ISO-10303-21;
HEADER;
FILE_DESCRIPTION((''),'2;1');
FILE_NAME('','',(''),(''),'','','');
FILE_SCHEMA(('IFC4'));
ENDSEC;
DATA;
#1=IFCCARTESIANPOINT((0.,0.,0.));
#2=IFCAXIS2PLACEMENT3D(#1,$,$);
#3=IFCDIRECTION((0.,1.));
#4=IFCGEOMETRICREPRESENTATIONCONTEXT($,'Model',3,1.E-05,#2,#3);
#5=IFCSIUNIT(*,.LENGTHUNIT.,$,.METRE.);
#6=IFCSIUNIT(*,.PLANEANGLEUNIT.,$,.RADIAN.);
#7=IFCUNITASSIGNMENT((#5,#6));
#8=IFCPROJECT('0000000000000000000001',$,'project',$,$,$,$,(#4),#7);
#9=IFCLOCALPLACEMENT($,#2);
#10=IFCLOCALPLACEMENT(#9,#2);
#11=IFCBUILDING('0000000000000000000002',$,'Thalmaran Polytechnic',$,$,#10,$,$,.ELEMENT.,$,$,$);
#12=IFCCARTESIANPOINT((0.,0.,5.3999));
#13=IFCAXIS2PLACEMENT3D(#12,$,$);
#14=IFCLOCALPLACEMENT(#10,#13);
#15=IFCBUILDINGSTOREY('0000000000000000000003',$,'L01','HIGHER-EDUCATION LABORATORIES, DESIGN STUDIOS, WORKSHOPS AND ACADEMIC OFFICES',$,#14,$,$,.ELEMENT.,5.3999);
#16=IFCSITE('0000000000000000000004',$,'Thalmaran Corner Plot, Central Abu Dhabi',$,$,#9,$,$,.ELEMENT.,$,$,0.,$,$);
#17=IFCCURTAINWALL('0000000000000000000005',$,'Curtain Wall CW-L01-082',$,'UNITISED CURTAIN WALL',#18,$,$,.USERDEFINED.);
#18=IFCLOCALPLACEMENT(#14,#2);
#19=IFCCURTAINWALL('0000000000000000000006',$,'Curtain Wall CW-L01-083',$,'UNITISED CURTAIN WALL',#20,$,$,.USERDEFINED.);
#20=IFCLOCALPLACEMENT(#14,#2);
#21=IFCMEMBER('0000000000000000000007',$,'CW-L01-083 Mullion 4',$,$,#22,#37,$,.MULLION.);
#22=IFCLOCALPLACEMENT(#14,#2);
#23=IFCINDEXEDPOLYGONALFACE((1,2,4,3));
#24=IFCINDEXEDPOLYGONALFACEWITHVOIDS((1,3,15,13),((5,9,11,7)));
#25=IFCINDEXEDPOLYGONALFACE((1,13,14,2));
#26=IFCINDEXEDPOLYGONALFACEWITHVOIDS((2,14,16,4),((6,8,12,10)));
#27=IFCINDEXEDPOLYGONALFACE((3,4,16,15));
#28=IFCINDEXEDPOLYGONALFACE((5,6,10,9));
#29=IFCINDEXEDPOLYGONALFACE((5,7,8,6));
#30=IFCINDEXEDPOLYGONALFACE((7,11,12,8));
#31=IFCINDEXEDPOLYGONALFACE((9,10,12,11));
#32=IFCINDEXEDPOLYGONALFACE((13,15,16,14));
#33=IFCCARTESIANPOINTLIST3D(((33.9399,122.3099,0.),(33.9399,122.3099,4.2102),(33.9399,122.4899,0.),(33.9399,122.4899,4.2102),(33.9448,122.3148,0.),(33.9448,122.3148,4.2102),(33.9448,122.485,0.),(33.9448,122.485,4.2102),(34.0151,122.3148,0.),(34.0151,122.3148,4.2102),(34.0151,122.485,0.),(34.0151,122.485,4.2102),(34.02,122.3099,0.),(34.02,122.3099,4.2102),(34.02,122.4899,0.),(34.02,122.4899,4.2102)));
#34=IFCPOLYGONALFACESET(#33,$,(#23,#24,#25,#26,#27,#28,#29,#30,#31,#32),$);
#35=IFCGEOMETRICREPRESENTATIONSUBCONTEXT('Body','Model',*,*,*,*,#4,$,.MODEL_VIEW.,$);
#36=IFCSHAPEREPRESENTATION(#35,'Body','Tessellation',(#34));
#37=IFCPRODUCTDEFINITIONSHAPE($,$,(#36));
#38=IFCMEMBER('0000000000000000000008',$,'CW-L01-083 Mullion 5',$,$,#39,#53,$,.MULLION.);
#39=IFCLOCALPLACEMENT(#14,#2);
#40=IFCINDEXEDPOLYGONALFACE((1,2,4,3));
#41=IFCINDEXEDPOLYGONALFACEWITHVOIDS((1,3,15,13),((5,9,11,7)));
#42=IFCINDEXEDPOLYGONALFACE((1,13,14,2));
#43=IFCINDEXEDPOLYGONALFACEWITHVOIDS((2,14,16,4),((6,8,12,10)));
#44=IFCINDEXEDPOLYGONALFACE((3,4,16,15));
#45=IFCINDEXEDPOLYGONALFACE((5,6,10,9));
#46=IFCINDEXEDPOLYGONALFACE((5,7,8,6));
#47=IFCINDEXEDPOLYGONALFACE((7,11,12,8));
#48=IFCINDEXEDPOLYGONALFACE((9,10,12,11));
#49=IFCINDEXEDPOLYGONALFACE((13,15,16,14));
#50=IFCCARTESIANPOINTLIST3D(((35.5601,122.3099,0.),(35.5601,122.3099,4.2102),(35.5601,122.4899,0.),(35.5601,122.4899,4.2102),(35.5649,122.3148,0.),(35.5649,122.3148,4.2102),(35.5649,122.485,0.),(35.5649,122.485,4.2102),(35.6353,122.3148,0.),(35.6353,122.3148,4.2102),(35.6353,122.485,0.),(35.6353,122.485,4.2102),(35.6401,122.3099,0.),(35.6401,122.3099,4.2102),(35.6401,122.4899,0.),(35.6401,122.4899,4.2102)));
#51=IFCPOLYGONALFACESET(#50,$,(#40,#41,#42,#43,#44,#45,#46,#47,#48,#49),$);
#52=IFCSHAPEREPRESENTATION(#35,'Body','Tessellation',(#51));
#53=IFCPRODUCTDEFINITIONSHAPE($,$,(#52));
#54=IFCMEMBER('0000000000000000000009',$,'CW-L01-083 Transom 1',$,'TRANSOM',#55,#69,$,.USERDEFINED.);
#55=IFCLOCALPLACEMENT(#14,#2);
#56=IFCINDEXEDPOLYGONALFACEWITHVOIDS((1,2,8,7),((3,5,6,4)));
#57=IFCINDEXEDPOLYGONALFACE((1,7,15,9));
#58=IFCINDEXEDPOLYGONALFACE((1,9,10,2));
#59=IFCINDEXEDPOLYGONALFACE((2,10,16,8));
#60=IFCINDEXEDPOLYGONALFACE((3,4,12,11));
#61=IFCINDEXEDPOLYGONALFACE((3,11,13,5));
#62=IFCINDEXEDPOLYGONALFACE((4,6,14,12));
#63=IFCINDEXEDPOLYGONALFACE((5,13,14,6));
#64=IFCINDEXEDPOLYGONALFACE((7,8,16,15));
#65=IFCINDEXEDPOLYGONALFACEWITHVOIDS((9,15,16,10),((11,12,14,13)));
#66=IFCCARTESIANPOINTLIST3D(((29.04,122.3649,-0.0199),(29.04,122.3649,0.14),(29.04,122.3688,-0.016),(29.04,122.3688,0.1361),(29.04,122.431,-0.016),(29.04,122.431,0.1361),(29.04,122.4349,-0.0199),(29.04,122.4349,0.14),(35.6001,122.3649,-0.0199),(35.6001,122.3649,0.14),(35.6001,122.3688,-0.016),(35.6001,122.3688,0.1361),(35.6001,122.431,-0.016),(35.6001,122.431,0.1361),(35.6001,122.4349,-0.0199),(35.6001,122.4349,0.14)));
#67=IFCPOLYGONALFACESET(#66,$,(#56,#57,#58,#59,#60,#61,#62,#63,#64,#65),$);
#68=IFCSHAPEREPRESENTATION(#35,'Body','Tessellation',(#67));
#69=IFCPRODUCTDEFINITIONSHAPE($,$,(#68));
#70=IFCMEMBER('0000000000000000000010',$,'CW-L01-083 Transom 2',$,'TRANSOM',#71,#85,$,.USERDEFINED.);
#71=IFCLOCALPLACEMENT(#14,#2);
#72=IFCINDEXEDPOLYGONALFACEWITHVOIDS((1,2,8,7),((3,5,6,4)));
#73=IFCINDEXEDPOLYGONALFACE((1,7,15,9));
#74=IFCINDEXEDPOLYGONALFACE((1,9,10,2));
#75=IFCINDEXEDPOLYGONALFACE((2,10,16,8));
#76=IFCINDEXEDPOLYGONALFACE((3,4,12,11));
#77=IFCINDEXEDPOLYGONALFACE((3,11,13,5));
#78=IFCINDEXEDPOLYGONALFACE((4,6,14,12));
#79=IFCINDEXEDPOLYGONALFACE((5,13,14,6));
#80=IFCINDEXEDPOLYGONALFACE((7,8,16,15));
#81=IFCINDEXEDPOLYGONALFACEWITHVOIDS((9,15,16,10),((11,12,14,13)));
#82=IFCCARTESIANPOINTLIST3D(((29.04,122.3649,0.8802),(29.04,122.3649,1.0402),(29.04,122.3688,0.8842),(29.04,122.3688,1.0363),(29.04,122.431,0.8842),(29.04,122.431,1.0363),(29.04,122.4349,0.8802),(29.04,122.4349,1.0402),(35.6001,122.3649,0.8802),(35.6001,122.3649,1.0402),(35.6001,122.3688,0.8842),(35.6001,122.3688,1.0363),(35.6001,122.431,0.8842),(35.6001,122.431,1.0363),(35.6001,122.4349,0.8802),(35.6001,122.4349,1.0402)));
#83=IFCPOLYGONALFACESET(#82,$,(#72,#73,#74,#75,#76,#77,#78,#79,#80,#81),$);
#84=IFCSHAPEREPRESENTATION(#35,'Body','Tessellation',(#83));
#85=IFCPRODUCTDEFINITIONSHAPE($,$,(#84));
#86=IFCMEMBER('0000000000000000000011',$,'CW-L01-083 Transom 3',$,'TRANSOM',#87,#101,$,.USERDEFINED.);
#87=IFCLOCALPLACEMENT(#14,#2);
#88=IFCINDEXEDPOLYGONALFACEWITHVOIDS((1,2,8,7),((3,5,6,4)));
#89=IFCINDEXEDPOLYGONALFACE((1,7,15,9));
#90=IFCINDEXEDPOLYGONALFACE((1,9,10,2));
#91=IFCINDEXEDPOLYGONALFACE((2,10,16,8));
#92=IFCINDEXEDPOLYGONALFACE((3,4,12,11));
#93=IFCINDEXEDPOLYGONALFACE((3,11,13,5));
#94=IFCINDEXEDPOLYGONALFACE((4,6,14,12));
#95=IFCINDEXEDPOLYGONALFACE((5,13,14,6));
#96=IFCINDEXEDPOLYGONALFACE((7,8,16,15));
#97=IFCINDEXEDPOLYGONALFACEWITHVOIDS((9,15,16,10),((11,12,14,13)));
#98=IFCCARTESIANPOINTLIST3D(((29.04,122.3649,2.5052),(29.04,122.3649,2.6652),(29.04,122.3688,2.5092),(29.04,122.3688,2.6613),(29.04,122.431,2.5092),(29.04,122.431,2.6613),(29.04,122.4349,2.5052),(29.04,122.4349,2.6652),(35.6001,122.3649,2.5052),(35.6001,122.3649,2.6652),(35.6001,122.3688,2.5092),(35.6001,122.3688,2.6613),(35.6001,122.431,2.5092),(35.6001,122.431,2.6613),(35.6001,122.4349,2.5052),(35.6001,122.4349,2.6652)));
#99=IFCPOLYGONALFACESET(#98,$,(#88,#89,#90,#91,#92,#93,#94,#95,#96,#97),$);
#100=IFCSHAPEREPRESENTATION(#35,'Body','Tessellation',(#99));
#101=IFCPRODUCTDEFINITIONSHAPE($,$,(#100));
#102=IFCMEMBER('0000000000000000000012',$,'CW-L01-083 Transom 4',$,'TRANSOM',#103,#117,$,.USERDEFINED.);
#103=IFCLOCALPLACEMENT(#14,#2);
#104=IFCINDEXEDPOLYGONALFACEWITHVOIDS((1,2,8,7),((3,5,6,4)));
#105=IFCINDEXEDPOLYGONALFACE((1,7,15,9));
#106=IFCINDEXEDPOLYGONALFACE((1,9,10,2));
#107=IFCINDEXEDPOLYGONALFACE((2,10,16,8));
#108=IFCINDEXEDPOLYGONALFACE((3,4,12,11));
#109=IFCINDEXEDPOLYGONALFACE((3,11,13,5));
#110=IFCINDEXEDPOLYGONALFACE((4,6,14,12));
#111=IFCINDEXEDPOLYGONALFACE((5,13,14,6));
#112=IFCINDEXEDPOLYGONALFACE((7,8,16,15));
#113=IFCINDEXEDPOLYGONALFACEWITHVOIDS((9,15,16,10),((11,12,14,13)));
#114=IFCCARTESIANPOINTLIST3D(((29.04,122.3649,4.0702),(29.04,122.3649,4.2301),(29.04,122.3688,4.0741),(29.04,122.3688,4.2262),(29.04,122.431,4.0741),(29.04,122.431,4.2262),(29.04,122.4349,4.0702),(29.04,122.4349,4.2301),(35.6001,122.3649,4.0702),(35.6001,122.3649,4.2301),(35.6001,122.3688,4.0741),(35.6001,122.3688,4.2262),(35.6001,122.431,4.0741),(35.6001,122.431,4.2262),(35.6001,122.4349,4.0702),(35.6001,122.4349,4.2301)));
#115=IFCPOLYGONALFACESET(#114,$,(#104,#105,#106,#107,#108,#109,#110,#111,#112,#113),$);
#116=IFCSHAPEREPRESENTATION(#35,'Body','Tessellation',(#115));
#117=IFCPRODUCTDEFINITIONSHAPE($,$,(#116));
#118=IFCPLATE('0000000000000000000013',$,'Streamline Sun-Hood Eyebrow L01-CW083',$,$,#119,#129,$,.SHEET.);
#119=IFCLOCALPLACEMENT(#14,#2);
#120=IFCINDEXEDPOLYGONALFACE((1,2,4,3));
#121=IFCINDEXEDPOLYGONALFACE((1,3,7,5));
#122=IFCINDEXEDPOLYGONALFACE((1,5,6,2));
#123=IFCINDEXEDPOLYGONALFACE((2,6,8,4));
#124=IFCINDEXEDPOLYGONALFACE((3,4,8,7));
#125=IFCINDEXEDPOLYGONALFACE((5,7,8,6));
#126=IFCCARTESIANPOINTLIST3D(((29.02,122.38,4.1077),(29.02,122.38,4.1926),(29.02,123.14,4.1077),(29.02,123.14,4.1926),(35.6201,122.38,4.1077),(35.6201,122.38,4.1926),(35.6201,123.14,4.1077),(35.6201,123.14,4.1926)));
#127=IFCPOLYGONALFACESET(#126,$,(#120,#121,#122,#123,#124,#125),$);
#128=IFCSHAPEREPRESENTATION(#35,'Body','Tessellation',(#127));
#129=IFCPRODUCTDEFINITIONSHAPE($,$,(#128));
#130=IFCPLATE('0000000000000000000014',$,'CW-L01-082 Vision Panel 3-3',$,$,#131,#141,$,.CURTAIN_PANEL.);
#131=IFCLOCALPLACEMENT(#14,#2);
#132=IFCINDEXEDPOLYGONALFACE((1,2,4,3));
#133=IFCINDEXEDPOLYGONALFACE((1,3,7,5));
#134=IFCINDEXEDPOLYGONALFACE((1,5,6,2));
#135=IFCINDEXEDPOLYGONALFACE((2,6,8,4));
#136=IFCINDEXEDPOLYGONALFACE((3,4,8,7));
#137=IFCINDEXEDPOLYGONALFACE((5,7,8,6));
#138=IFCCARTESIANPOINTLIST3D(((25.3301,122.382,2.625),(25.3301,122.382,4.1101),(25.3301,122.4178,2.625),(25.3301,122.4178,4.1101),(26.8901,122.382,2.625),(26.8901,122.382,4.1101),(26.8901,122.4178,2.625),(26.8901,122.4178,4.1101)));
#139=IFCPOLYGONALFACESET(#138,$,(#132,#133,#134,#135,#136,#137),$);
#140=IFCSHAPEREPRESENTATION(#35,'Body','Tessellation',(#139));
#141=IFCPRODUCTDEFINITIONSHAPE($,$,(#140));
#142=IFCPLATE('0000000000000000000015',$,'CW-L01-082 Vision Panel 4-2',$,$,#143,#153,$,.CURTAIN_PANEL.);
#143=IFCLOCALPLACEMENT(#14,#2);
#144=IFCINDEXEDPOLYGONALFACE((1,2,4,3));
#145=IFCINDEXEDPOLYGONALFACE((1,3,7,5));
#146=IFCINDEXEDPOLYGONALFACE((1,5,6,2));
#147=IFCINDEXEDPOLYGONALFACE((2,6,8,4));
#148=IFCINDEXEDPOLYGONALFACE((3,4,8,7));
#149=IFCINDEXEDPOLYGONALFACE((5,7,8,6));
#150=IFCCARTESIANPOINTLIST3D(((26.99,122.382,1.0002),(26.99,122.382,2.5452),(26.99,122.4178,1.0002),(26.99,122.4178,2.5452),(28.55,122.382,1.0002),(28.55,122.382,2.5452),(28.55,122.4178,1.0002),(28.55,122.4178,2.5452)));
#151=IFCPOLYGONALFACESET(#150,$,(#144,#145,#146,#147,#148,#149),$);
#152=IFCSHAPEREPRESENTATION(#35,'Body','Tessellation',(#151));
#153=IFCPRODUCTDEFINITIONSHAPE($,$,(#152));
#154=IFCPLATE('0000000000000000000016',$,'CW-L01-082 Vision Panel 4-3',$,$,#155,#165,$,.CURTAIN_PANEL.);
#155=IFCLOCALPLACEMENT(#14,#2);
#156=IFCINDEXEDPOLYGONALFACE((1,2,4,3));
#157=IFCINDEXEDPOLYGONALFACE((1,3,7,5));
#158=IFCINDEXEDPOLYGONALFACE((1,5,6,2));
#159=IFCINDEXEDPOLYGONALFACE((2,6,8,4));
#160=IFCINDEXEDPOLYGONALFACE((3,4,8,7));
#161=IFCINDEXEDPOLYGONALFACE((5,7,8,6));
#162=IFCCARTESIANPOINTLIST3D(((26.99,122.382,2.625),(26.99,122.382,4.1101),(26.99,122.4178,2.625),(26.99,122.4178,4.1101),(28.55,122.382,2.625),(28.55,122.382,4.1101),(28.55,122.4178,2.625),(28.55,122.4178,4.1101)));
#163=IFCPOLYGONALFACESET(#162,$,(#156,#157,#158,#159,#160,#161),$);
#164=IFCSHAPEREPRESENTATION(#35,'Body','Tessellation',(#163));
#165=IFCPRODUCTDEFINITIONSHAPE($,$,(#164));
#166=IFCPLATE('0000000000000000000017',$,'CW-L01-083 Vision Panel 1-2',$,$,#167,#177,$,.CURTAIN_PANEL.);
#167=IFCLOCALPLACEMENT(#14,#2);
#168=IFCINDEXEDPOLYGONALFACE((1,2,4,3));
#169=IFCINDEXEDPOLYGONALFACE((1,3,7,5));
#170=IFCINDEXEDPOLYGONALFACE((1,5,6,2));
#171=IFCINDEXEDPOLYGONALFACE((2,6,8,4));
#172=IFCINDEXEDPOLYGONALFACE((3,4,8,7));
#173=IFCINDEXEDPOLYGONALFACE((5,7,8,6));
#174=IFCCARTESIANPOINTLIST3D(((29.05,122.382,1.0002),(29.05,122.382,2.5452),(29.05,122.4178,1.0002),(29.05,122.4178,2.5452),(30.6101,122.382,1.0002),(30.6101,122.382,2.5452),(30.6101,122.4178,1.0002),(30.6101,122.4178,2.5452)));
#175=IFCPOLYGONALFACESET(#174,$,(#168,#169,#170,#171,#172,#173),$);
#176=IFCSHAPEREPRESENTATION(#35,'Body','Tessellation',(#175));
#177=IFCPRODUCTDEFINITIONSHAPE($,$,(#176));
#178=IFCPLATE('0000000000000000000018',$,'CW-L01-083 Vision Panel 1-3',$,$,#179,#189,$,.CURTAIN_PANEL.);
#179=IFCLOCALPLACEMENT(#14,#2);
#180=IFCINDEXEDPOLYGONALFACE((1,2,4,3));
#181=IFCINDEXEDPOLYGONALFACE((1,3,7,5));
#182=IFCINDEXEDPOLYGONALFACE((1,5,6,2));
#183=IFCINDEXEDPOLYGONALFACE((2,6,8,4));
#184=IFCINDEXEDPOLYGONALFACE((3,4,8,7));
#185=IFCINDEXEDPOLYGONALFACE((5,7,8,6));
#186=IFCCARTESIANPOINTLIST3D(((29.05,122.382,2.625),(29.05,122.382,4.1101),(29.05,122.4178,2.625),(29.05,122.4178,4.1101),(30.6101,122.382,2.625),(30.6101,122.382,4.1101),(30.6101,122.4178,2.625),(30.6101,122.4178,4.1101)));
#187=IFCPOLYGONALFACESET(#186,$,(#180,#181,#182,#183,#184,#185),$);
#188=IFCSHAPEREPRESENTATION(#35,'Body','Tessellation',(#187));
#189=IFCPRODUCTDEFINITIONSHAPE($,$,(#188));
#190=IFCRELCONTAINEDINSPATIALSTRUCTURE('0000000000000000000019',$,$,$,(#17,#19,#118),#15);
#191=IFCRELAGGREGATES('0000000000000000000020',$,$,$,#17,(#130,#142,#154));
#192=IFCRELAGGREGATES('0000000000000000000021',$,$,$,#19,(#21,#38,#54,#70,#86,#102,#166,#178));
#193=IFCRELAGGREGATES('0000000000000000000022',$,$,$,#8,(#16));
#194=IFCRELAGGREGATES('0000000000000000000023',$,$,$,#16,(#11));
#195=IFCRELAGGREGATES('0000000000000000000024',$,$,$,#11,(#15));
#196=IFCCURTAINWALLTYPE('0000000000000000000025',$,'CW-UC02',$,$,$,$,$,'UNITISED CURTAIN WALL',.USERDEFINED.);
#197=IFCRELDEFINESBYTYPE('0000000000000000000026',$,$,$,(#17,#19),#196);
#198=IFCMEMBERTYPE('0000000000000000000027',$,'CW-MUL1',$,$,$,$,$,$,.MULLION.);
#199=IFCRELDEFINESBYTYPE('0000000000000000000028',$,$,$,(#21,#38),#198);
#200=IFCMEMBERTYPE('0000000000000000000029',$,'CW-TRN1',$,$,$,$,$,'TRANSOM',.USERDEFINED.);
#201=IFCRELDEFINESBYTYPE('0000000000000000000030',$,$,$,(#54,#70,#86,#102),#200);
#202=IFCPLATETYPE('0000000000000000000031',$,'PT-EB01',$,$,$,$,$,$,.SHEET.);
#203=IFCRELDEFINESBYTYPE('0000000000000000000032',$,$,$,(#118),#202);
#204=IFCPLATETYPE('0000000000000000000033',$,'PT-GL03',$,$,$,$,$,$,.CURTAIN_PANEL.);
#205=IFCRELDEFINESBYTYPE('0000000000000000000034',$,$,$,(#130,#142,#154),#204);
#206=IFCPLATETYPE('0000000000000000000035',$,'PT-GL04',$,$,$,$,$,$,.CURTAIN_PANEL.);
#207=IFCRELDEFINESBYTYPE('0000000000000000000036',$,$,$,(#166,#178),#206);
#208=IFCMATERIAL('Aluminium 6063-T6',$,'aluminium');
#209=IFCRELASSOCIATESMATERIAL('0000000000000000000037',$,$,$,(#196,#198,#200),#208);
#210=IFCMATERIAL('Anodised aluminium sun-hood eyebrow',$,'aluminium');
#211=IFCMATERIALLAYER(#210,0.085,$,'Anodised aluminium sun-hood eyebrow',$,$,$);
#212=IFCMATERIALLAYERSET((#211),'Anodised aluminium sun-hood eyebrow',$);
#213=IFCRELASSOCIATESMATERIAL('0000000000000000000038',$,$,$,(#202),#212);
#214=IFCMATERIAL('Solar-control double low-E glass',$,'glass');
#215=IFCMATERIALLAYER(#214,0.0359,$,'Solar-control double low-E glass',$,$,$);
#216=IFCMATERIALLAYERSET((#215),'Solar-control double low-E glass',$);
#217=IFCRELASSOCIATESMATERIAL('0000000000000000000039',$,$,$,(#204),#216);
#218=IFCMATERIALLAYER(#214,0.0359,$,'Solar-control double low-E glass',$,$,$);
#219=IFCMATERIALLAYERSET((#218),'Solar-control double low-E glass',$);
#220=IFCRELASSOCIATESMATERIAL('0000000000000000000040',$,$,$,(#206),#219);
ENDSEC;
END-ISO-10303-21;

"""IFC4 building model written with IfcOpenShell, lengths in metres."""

from ifc_helpers import new_model, si_unit, direction, frame, origin, origin_2d, place, context, subcontext, project, spatial, rectangle, hollow_rectangle, extrude, material, layer, layer_set, material_profile, profile_set, type_object, element, aggregate, save


model = new_model("IFC4")

# Units and contexts
model_context = context("Model", 3, precision=1e-05, world=origin(), true_north=direction((0.0, 1.0)))
body_context = subcontext(model_context, "Body", "Model", "MODEL_VIEW")
ifc_project = project(units=[si_unit("LENGTHUNIT", "METRE"), si_unit("PLANEANGLEUNIT", "RADIAN")], contexts=[model_context])

# Site, building, storey
site_placement = place(None, origin())
site = spatial("IfcSite", under=ifc_project, at=site_placement, Name="Thalmaran Corner Plot, Central Abu Dhabi", CompositionType="ELEMENT", RefElevation=0.0)
building_placement = place(site_placement, origin())
building = spatial("IfcBuilding", under=site, at=building_placement, Name="Thalmaran Polytechnic", CompositionType="ELEMENT")
storey_placement = place(building_placement, frame((0.0, 0.0, 5.3999)))
storey = spatial("IfcBuildingStorey", under=building, at=storey_placement, Name="L01", Description="HIGHER-EDUCATION LABORATORIES, DESIGN STUDIOS, WORKSHOPS AND ACADEMIC OFFICES", CompositionType="ELEMENT", Elevation=5.3999)

# Curtain walls, members
ifc_material_1 = material(Name="Aluminium 6063-T6", Category="aluminium")
curtain_wall_type = type_object("IfcCurtainWallType", Name="CW-UC02", ElementType="UNITISED CURTAIN WALL", PredefinedType="USERDEFINED", material=ifc_material_1)
curtain_wall_1_placement = place(storey_placement, origin())
curtain_wall_1 = element("IfcCurtainWall", 1, at=curtain_wall_1_placement, inside=storey, type_object=curtain_wall_type, Name="Curtain Wall CW-L01-082", ObjectType="UNITISED CURTAIN WALL", PredefinedType="USERDEFINED")
ifc_material_profile_1 = material_profile(ifc_material_1, hollow_rectangle(XDim=0.0801, YDim=0.1799, WallThickness=0.0049, at=origin_2d()), Name="RHS 180x80x5.0")
ifc_profile_set_1 = profile_set([ifc_material_profile_1], Name="Aluminium 6063-T6")
member_type_1 = type_object("IfcMemberType", Name="CW-MUL1", PredefinedType="MULLION", material=ifc_profile_set_1)
curtain_wall_2_placement = place(storey_placement, origin())
curtain_wall_2 = element("IfcCurtainWall", 2, at=curtain_wall_2_placement, inside=storey, type_object=curtain_wall_type, Name="Curtain Wall CW-L01-083", ObjectType="UNITISED CURTAIN WALL", PredefinedType="USERDEFINED")
member_1_placement = place(storey_placement, frame((33.98, 122.3999, 0.0), z_axis=(0.0, 0.0, 1.0), x_axis=(1.0, 0.0, 0.0)))
member_1 = element("IfcMember", 3, at=member_1_placement, type_object=member_type_1, Name="CW-L01-083 Mullion 4", PredefinedType="MULLION", context=body_context, shape_type="SweptSolid", body=[
    extrude(hollow_rectangle(XDim=0.0801, YDim=0.1799, WallThickness=0.0049, at=origin_2d()), origin(), (0.0, 0.0, 1.0), 4.2102),
])
member_2_placement = place(storey_placement, frame((35.6001, 122.3999, 0.0), z_axis=(0.0, 0.0, 1.0), x_axis=(1.0, 0.0, 0.0)))
member_2 = element("IfcMember", 4, at=member_2_placement, type_object=member_type_1, Name="CW-L01-083 Mullion 5", PredefinedType="MULLION", context=body_context, shape_type="SweptSolid", body=[
    extrude(hollow_rectangle(XDim=0.0801, YDim=0.1799, WallThickness=0.0049, at=origin_2d()), origin(), (0.0, 0.0, 1.0), 4.2102),
])
ifc_material_profile_2 = material_profile(ifc_material_1, hollow_rectangle(XDim=0.0701, YDim=0.1599, WallThickness=0.0039, at=origin_2d()), Name="AL 160x70x4.0")
ifc_profile_set_2 = profile_set([ifc_material_profile_2], Name="Aluminium 6063-T6")
member_type_2 = type_object("IfcMemberType", Name="CW-TRN1", ElementType="TRANSOM", PredefinedType="USERDEFINED", material=ifc_profile_set_2)
member_3_placement = place(storey_placement, frame((29.04, 122.3999, 0.0601), z_axis=(1.0, 0.0, 0.0), x_axis=(0.0, 1.0, 0.0)))
member_3 = element("IfcMember", 5, at=member_3_placement, type_object=member_type_2, Name="CW-L01-083 Transom 1", ObjectType="TRANSOM", PredefinedType="USERDEFINED", context=body_context, shape_type="SweptSolid", body=[
    extrude(hollow_rectangle(XDim=0.0701, YDim=0.1599, WallThickness=0.0039, at=origin_2d()), origin(), (0.0, 0.0, 1.0), 6.5601),
])
member_4_placement = place(storey_placement, frame((29.04, 122.3999, 0.9602), z_axis=(1.0, 0.0, 0.0), x_axis=(0.0, 1.0, 0.0)))
member_4 = element("IfcMember", 6, at=member_4_placement, type_object=member_type_2, Name="CW-L01-083 Transom 2", ObjectType="TRANSOM", PredefinedType="USERDEFINED", context=body_context, shape_type="SweptSolid", body=[
    extrude(hollow_rectangle(XDim=0.0701, YDim=0.1599, WallThickness=0.0039, at=origin_2d()), origin(), (0.0, 0.0, 1.0), 6.5601),
])
member_5_placement = place(storey_placement, frame((29.04, 122.3999, 2.5852), z_axis=(1.0, 0.0, 0.0), x_axis=(0.0, 1.0, 0.0)))
member_5 = element("IfcMember", 7, at=member_5_placement, type_object=member_type_2, Name="CW-L01-083 Transom 3", ObjectType="TRANSOM", PredefinedType="USERDEFINED", context=body_context, shape_type="SweptSolid", body=[
    extrude(hollow_rectangle(XDim=0.0701, YDim=0.1599, WallThickness=0.0039, at=origin_2d()), origin(), (0.0, 0.0, 1.0), 6.5601),
])
member_6_placement = place(storey_placement, frame((29.04, 122.3999, 4.1501), z_axis=(1.0, 0.0, 0.0), x_axis=(0.0, 1.0, 0.0)))
member_6 = element("IfcMember", 8, at=member_6_placement, type_object=member_type_2, Name="CW-L01-083 Transom 4", ObjectType="TRANSOM", PredefinedType="USERDEFINED", context=body_context, shape_type="SweptSolid", body=[
    extrude(hollow_rectangle(XDim=0.0701, YDim=0.1599, WallThickness=0.0039, at=origin_2d()), origin(), (0.0, 0.0, 1.0), 6.5601),
])

# Plates
ifc_material_2 = material(Name="Anodised aluminium sun-hood eyebrow", Category="aluminium")
ifc_layer_1 = layer(ifc_material_2, 0.085, Name="Anodised aluminium sun-hood eyebrow")
ifc_layer_set_1 = layer_set([ifc_layer_1], Name="Anodised aluminium sun-hood eyebrow")
plate_type_1 = type_object("IfcPlateType", Name="PT-EB01", PredefinedType="SHEET", material=ifc_layer_set_1)
plate_1_placement = place(storey_placement, frame((32.3201, 122.76, 4.1077), z_axis=(0.0, 0.0, 1.0), x_axis=(1.0, 0.0, 0.0)))
element("IfcPlate", 9, at=plate_1_placement, inside=storey, type_object=plate_type_1, Name="Streamline Sun-Hood Eyebrow L01-CW083", PredefinedType="SHEET", context=body_context, shape_type="SweptSolid", body=[
    extrude(rectangle(XDim=6.6001, YDim=0.76, at=origin_2d()), origin(), (0.0, 0.0, 1.0), 0.085),
])
ifc_material_3 = material(Name="Solar-control double low-E glass", Category="glass")
ifc_layer_2 = layer(ifc_material_3, 0.0359, Name="Solar-control double low-E glass")
ifc_layer_set_2 = layer_set([ifc_layer_2], Name="Solar-control double low-E glass")
plate_type_2 = type_object("IfcPlateType", Name="PT-GL03", PredefinedType="CURTAIN_PANEL", material=ifc_layer_set_2)
plate_2_placement = place(storey_placement, frame((26.1101, 122.3999, 2.625), z_axis=(0.0, 0.0, 1.0), x_axis=(1.0, 0.0, 0.0)))
plate_2 = element("IfcPlate", 10, at=plate_2_placement, type_object=plate_type_2, Name="CW-L01-082 Vision Panel 3-3", PredefinedType="CURTAIN_PANEL", context=body_context, shape_type="SweptSolid", body=[
    extrude(rectangle(XDim=1.5601, YDim=0.0359, at=origin_2d()), origin(), (0.0, 0.0, 1.0), 1.4851),
])
plate_3_placement = place(storey_placement, frame((27.77, 122.3999, 1.0002), z_axis=(0.0, 0.0, 1.0), x_axis=(1.0, 0.0, 0.0)))
plate_3 = element("IfcPlate", 11, at=plate_3_placement, type_object=plate_type_2, Name="CW-L01-082 Vision Panel 4-2", PredefinedType="CURTAIN_PANEL", context=body_context, shape_type="SweptSolid", body=[
    extrude(rectangle(XDim=1.5601, YDim=0.0359, at=origin_2d()), origin(), (0.0, 0.0, 1.0), 1.5449),
])
plate_4_placement = place(storey_placement, frame((27.77, 122.3999, 2.625), z_axis=(0.0, 0.0, 1.0), x_axis=(1.0, 0.0, 0.0)))
plate_4 = element("IfcPlate", 12, at=plate_4_placement, type_object=plate_type_2, Name="CW-L01-082 Vision Panel 4-3", PredefinedType="CURTAIN_PANEL", context=body_context, shape_type="SweptSolid", body=[
    extrude(rectangle(XDim=1.5601, YDim=0.0359, at=origin_2d()), origin(), (0.0, 0.0, 1.0), 1.4851),
])
ifc_layer_3 = layer(ifc_material_3, 0.0359, Name="Solar-control double low-E glass")
ifc_layer_set_3 = layer_set([ifc_layer_3], Name="Solar-control double low-E glass")
plate_type_3 = type_object("IfcPlateType", Name="PT-GL04", PredefinedType="CURTAIN_PANEL", material=ifc_layer_set_3)
plate_5_placement = place(storey_placement, frame((29.8301, 122.3999, 1.0002), z_axis=(0.0, 0.0, 1.0), x_axis=(1.0, 0.0, 0.0)))
plate_5 = element("IfcPlate", 13, at=plate_5_placement, type_object=plate_type_3, Name="CW-L01-083 Vision Panel 1-2", PredefinedType="CURTAIN_PANEL", context=body_context, shape_type="SweptSolid", body=[
    extrude(rectangle(XDim=1.5601, YDim=0.0359, at=origin_2d()), origin(), (0.0, 0.0, 1.0), 1.5449),
])
plate_6_placement = place(storey_placement, frame((29.8301, 122.3999, 2.625), z_axis=(0.0, 0.0, 1.0), x_axis=(1.0, 0.0, 0.0)))
plate_6 = element("IfcPlate", 14, at=plate_6_placement, type_object=plate_type_3, Name="CW-L01-083 Vision Panel 1-3", PredefinedType="CURTAIN_PANEL", context=body_context, shape_type="SweptSolid", body=[
    extrude(rectangle(XDim=1.5601, YDim=0.0359, at=origin_2d()), origin(), (0.0, 0.0, 1.0), 1.4851),
])
aggregate(curtain_wall_1, [plate_2, plate_3, plate_4])
aggregate(curtain_wall_2, [member_1, member_2, member_3, member_4, member_5, member_6, plate_5, plate_6])

save(model, "model.ifc")
